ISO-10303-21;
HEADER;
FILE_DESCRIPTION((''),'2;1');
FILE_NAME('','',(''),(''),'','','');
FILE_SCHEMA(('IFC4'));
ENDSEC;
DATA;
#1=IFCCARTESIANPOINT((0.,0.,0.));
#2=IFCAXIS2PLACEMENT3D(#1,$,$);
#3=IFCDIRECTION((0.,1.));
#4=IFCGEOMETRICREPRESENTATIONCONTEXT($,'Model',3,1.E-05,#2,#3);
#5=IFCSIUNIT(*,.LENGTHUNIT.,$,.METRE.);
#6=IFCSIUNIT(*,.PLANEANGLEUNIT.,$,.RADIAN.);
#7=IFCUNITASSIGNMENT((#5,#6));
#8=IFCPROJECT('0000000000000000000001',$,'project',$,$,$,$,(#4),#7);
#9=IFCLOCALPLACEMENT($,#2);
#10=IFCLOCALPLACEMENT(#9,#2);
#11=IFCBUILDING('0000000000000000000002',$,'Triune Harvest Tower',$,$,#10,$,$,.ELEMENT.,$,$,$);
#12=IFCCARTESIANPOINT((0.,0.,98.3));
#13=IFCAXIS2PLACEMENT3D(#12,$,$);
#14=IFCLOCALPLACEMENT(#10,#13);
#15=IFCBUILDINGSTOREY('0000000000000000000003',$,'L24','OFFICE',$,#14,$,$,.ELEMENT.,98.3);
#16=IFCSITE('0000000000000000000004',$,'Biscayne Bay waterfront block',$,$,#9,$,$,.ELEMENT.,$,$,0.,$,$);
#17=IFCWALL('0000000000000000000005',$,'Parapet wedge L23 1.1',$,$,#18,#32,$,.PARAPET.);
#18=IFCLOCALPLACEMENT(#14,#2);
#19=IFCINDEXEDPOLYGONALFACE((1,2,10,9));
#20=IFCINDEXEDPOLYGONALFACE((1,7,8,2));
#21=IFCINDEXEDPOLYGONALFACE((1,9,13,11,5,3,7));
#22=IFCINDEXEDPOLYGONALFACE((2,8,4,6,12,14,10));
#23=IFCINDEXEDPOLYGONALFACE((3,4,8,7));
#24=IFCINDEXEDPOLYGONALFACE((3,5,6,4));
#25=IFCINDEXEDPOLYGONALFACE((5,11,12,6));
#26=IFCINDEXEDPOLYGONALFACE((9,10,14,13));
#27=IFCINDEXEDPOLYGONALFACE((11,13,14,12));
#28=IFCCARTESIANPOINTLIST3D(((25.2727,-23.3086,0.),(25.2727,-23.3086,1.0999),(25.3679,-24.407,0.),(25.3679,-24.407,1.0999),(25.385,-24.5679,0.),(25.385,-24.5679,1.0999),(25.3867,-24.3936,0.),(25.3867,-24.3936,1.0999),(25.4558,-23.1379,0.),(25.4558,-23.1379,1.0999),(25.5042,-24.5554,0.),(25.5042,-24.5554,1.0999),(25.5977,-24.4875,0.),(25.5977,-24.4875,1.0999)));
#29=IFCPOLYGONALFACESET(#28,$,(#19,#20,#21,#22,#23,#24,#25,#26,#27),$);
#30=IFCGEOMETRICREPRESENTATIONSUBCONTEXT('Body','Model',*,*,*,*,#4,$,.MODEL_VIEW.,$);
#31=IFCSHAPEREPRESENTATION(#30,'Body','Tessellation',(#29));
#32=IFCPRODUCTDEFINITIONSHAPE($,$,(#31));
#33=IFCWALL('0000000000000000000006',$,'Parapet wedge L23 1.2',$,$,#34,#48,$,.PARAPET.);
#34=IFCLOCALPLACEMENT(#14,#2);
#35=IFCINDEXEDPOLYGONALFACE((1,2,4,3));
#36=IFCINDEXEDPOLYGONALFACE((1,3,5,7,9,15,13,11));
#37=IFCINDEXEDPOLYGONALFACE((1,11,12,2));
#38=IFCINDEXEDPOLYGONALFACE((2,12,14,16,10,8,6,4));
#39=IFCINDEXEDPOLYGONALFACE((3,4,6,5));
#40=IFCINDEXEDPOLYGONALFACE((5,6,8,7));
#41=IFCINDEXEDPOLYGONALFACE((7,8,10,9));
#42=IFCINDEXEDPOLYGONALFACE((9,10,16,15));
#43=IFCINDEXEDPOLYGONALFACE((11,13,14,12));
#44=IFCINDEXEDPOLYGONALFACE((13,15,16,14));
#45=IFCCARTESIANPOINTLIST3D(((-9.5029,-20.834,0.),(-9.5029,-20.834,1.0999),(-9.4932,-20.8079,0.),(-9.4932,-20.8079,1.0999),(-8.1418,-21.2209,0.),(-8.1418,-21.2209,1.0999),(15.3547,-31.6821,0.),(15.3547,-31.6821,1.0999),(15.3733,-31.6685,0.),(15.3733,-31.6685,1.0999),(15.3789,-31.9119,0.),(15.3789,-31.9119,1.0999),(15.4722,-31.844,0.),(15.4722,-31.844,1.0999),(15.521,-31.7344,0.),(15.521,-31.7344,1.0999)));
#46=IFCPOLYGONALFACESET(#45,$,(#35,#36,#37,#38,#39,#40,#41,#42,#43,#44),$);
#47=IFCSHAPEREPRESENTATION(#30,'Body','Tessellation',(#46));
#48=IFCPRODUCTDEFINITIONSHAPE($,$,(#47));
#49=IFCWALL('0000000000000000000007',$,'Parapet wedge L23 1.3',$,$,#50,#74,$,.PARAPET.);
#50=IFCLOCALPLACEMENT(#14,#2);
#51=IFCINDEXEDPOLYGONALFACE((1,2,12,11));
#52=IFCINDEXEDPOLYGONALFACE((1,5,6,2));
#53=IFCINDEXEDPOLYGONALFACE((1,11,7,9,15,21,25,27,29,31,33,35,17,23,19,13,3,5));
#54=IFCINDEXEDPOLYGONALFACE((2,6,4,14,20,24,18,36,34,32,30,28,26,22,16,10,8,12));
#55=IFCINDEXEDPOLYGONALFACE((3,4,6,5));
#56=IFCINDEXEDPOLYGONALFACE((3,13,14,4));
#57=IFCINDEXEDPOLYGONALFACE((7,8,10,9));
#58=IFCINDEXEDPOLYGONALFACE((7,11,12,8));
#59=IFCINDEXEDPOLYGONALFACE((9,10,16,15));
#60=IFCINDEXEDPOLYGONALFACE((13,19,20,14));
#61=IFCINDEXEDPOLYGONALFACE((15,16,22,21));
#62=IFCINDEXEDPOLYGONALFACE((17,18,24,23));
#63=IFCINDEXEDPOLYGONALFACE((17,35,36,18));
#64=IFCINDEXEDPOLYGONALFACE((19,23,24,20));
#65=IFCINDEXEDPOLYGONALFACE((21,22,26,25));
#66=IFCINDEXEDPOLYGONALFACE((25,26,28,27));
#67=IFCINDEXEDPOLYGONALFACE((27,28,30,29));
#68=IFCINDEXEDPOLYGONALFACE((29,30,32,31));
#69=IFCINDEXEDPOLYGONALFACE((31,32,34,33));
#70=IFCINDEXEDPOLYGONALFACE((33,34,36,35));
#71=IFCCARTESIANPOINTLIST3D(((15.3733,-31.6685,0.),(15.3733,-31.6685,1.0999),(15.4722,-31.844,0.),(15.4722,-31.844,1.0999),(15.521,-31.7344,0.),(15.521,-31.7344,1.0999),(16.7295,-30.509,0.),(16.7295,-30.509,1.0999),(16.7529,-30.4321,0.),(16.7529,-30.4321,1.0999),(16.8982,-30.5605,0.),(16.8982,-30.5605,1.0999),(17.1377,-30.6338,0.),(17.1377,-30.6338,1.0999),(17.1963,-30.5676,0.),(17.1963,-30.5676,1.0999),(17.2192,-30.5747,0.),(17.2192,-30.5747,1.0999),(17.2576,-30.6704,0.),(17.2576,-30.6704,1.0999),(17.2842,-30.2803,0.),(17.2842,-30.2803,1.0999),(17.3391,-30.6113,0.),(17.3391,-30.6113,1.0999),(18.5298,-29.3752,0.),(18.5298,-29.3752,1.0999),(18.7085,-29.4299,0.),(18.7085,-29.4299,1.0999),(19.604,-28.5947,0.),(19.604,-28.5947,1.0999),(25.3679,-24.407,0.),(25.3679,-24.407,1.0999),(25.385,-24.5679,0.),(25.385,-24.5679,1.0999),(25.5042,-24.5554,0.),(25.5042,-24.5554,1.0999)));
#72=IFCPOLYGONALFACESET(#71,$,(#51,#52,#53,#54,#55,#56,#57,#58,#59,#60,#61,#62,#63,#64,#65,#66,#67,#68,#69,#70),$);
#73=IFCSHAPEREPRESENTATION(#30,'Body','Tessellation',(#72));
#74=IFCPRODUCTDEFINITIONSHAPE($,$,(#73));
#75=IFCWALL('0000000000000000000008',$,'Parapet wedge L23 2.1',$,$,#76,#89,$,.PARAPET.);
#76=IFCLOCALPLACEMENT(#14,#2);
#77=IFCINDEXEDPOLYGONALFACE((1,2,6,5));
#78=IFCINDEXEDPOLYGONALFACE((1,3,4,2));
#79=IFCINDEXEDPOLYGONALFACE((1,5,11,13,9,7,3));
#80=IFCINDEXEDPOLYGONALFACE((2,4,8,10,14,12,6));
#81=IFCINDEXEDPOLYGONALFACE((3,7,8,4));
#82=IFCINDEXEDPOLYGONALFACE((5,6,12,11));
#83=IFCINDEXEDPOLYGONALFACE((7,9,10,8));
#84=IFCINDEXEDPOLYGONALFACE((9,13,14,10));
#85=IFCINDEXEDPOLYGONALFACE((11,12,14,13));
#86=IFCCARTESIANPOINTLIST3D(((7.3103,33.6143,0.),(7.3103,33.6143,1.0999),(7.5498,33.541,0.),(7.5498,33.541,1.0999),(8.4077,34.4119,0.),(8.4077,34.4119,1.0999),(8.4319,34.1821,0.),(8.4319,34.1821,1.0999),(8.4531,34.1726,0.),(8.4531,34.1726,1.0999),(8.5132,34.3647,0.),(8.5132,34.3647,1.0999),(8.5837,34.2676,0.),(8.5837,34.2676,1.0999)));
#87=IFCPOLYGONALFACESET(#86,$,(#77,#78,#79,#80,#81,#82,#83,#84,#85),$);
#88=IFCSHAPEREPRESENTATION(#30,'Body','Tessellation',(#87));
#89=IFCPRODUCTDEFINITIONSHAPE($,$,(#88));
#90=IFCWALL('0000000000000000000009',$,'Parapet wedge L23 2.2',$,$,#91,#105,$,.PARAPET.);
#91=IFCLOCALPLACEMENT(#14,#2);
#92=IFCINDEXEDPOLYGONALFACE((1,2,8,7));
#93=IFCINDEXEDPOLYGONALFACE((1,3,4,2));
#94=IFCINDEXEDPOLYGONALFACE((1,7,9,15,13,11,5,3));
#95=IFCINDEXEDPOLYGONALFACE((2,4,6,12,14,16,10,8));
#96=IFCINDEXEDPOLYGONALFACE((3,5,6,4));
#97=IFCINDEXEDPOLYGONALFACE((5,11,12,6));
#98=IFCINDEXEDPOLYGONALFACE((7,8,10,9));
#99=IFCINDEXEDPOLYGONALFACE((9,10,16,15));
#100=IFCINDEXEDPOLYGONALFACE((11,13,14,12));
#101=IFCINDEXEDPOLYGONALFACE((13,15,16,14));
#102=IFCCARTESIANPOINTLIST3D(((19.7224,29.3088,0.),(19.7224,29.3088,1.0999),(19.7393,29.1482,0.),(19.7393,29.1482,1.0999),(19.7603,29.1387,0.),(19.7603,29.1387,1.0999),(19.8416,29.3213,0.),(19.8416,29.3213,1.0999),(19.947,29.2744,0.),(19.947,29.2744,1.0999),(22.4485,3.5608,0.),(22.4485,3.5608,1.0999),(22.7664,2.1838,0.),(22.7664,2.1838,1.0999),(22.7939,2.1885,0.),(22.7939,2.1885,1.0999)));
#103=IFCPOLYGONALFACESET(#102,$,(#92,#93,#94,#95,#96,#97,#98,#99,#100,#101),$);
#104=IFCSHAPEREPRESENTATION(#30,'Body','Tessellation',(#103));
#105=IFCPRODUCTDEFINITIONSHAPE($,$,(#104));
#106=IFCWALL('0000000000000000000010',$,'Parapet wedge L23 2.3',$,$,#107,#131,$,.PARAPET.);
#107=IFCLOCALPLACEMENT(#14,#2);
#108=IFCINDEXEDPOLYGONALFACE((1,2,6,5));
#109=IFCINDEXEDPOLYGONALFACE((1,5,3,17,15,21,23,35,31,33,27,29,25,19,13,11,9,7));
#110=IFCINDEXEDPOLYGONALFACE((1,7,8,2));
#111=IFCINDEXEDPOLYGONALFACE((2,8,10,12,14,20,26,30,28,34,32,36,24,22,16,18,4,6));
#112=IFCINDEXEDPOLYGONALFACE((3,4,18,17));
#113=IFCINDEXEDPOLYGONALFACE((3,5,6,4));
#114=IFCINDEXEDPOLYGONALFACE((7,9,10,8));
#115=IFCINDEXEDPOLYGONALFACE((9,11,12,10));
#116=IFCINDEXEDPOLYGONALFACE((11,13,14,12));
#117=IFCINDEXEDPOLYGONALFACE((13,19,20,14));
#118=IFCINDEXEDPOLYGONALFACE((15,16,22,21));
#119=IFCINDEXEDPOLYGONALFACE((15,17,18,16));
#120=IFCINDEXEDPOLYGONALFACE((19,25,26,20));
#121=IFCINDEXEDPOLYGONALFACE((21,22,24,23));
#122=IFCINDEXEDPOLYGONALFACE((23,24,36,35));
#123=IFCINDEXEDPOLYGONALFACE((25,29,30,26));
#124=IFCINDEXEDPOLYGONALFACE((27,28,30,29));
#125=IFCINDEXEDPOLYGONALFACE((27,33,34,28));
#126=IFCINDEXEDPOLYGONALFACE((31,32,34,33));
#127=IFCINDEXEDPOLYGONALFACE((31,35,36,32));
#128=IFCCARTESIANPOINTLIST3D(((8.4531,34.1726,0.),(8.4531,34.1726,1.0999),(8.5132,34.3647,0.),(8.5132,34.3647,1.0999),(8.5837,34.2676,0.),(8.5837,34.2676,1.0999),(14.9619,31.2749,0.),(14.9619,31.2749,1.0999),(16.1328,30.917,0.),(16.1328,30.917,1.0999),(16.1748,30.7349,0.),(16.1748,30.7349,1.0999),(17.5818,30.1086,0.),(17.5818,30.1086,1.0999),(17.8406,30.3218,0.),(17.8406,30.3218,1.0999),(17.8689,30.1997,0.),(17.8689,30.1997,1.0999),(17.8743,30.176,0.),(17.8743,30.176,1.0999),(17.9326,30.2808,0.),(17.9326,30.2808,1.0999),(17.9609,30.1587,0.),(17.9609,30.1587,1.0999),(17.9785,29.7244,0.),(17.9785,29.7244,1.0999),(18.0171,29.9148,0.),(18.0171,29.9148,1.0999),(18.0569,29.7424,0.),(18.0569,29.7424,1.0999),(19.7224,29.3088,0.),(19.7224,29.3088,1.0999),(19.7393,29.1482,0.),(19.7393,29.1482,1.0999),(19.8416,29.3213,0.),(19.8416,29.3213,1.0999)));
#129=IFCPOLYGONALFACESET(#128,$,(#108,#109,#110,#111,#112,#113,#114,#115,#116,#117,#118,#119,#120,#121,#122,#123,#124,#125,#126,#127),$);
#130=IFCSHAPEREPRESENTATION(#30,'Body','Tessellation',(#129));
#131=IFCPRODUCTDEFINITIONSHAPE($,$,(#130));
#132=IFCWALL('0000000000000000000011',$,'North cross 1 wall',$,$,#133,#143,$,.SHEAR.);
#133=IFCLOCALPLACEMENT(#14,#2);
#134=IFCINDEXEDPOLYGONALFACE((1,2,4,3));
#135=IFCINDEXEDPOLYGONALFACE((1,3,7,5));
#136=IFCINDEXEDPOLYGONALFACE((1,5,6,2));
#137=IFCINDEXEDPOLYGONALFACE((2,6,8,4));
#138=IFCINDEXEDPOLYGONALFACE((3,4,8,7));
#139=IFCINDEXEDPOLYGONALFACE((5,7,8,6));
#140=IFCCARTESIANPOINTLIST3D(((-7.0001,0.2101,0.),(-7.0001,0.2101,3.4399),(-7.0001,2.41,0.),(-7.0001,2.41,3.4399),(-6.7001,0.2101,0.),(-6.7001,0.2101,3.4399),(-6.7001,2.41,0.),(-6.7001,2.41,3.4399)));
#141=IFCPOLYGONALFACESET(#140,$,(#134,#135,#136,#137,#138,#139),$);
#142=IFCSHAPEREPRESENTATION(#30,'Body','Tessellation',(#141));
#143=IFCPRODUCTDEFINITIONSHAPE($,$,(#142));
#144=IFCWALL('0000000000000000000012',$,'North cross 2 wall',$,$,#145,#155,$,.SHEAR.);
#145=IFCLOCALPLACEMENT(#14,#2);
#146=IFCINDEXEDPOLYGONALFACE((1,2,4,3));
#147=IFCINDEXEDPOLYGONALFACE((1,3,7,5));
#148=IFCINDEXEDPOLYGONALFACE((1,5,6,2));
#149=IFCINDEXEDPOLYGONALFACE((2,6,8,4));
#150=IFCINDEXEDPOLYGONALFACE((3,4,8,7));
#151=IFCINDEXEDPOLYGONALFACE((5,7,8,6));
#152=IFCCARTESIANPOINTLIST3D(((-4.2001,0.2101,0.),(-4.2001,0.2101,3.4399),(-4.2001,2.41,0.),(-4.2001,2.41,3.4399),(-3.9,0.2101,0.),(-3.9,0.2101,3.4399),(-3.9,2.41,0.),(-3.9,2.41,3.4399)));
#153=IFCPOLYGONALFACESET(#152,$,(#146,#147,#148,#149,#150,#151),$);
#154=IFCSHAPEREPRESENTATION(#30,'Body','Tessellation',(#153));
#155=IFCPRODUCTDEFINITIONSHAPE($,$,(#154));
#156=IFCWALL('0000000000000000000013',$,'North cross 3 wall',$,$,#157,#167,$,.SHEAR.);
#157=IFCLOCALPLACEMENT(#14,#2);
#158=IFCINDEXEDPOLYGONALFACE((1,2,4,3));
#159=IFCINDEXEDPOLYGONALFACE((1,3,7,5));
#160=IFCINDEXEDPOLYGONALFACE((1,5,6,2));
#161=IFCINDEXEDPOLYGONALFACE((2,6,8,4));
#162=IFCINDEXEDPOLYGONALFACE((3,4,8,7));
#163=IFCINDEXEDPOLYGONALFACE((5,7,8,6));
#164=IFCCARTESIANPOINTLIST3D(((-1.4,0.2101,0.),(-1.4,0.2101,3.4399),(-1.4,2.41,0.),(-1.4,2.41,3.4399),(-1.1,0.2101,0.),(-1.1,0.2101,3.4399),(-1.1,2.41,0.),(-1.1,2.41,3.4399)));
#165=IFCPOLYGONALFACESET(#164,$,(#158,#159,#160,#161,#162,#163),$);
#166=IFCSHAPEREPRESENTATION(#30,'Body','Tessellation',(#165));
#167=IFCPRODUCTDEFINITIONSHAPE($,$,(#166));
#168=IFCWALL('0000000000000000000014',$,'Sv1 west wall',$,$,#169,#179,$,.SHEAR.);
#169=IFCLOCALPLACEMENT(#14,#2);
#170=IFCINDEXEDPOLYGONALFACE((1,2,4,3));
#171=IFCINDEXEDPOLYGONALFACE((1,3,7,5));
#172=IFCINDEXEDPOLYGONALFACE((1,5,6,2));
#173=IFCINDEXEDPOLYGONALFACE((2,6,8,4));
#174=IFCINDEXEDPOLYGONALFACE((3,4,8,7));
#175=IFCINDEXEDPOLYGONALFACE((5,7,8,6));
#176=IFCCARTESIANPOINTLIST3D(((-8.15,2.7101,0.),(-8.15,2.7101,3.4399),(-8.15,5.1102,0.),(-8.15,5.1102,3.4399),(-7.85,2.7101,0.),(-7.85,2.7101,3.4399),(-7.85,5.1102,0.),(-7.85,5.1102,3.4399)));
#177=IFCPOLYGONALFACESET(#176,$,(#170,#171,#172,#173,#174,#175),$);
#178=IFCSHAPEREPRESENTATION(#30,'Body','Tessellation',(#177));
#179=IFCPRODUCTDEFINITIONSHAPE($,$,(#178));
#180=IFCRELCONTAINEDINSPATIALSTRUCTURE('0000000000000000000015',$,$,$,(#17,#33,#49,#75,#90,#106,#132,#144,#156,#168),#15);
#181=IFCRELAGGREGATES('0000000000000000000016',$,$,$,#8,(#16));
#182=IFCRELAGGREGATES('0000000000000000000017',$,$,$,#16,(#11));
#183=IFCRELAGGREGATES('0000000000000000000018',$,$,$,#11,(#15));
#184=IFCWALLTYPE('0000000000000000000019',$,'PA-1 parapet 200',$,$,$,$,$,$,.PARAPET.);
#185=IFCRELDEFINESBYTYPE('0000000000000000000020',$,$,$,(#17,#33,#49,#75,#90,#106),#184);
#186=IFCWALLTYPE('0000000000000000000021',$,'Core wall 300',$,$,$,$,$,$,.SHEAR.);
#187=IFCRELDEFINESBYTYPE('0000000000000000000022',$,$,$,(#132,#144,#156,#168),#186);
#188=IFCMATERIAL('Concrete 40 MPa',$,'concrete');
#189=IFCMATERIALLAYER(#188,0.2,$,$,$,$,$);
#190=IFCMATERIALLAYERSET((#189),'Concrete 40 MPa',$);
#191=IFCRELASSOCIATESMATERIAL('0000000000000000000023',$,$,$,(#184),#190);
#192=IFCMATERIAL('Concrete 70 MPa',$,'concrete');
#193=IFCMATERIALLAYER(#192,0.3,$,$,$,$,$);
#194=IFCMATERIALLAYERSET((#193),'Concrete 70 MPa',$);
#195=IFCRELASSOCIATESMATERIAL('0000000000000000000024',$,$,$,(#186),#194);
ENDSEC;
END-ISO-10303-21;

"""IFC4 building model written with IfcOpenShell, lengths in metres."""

from ifc_helpers import new_model, si_unit, direction, frame, frame_2d, origin, place, context, subcontext, project, spatial, polyline, rectangle, outline, extrude, source, transform, mapped, material, layer, layer_set, type_object, element, save


model = new_model("IFC4")

# Units and contexts
model_context = context("Model", 3, precision=1e-05, world=origin(), true_north=direction((0.0, 1.0)))
body_context = subcontext(model_context, "Body", "Model", "MODEL_VIEW")
ifc_project = project(units=[si_unit("LENGTHUNIT", "METRE"), si_unit("PLANEANGLEUNIT", "RADIAN")], contexts=[model_context])

# Site, building, storey
site_placement = place(None, origin())
site = spatial("IfcSite", under=ifc_project, at=site_placement, Name="Biscayne Bay waterfront block", CompositionType="ELEMENT", RefElevation=0.0)
building_placement = place(site_placement, origin())
building = spatial("IfcBuilding", under=site, at=building_placement, Name="Triune Harvest Tower", CompositionType="ELEMENT")
storey_placement = place(building_placement, frame((0.0, 0.0, 98.3)))
storey = spatial("IfcBuildingStorey", under=building, at=storey_placement, Name="L24", Description="OFFICE", CompositionType="ELEMENT", Elevation=98.3)

# Walls
ifc_material_1 = material(Name="Concrete 40 MPa", Category="concrete")
ifc_layer_1 = layer(ifc_material_1, 0.2)
ifc_layer_set_1 = layer_set([ifc_layer_1], Name="Concrete 40 MPa")
wall_type_1 = type_object("IfcWallType", Name="PA-1 parapet 200", PredefinedType="PARAPET", material=ifc_layer_set_1)
wall_1_placement = place(storey_placement, origin())
element("IfcWall", 1, at=wall_1_placement, inside=storey, type_object=wall_type_1, Name="Parapet wedge L23 1.1", PredefinedType="PARAPET", context=body_context, shape_type="SweptSolid", body=[
    extrude(outline(polyline([(25.3679, -24.407), (25.3867, -24.3936), (25.2727, -23.3086), (25.4558, -23.1379), (25.5977, -24.4875), (25.5042, -24.5554), (25.385, -24.5679), (25.3679, -24.407)])), origin(), (0.0, 0.0, 1.0), 1.0999),
])
wall_2_placement = place(storey_placement, origin())
element("IfcWall", 2, at=wall_2_placement, inside=storey, type_object=wall_type_1, Name="Parapet wedge L23 1.2", PredefinedType="PARAPET", context=body_context, shape_type="SweptSolid", body=[
    extrude(outline(polyline([(-9.5029, -20.834), (-9.4932, -20.8079), (-8.1418, -21.2209), (15.3547, -31.6821), (15.3733, -31.6685), (15.521, -31.7344), (15.4722, -31.844), (15.3789, -31.9119), (-9.5029, -20.834)])), origin(), (0.0, 0.0, 1.0), 1.0999),
])
wall_3_placement = place(storey_placement, origin())
element("IfcWall", 3, at=wall_3_placement, inside=storey, type_object=wall_type_1, Name="Parapet wedge L23 1.3", PredefinedType="PARAPET", context=body_context, shape_type="SweptSolid", body=[
    extrude(outline(polyline([(16.7529, -30.4321), (17.1963, -30.5676), (17.2842, -30.2803), (18.5298, -29.3752), (18.7085, -29.4299), (19.604, -28.5947), (25.3679, -24.407), (25.385, -24.5679), (25.5042, -24.5554), (17.2192, -30.5747), (17.3391, -30.6113), (17.2576, -30.6704), (17.1377, -30.6338), (15.4722, -31.844), (15.521, -31.7344), (15.3733, -31.6685), (16.8982, -30.5605), (16.7295, -30.509), (16.7529, -30.4321)])), origin(), (0.0, 0.0, 1.0), 1.0999),
])
wall_4_placement = place(storey_placement, origin())
element("IfcWall", 4, at=wall_4_placement, inside=storey, type_object=wall_type_1, Name="Parapet wedge L23 2.1", PredefinedType="PARAPET", context=body_context, shape_type="SweptSolid", body=[
    extrude(outline(polyline([(8.4531, 34.1726), (8.4319, 34.1821), (7.5498, 33.541), (7.3103, 33.6143), (8.4077, 34.4119), (8.5132, 34.3647), (8.5837, 34.2676), (8.4531, 34.1726)])), origin(), (0.0, 0.0, 1.0), 1.0999),
])
wall_5_placement = place(storey_placement, origin())
element("IfcWall", 5, at=wall_5_placement, inside=storey, type_object=wall_type_1, Name="Parapet wedge L23 2.2", PredefinedType="PARAPET", context=body_context, shape_type="SweptSolid", body=[
    extrude(outline(polyline([(22.7939, 2.1885), (22.7664, 2.1838), (22.4485, 3.5608), (19.7603, 29.1387), (19.7393, 29.1482), (19.7224, 29.3088), (19.8416, 29.3213), (19.947, 29.2744), (22.7939, 2.1885)])), origin(), (0.0, 0.0, 1.0), 1.0999),
])
wall_6_placement = place(storey_placement, origin())
element("IfcWall", 6, at=wall_6_placement, inside=storey, type_object=wall_type_1, Name="Parapet wedge L23 2.3", PredefinedType="PARAPET", context=body_context, shape_type="SweptSolid", body=[
    extrude(outline(polyline([(17.8689, 30.1997), (17.8406, 30.3218), (17.9326, 30.2808), (17.9609, 30.1587), (19.8416, 29.3213), (19.7224, 29.3088), (19.7393, 29.1482), (18.0171, 29.9148), (18.0569, 29.7424), (17.9785, 29.7244), (17.8743, 30.176), (17.5818, 30.1086), (16.1748, 30.7349), (16.1328, 30.917), (14.9619, 31.2749), (8.4531, 34.1726), (8.5837, 34.2676), (8.5132, 34.3647), (17.8689, 30.1997)])), origin(), (0.0, 0.0, 1.0), 1.0999),
])
ifc_material_2 = material(Name="Concrete 70 MPa", Category="concrete")
ifc_layer_2 = layer(ifc_material_2, 0.3)
ifc_layer_set_2 = layer_set([ifc_layer_2], Name="Concrete 70 MPa")
wall_type_2 = type_object("IfcWallType", Name="Core wall 300", PredefinedType="SHEAR", material=ifc_layer_set_2)
shared_shape_1 = source(origin(), body_context, "Body", "SweptSolid", [
    extrude(rectangle(XDim=2.2, YDim=0.3, at=frame_2d((1.1001, 0.0))), origin(), (0.0, 0.0, 1.0), 3.4399),
])
for number, where, z_axis, x_axis, name in (
    (7, (-6.8501, 0.21, 0.0), (0.0, 0.0, 1.0), (0.0, 1.0, 0.0), "North cross 1 wall"),
    (8, (-4.05, 0.21, 0.0), (0.0, 0.0, 1.0), (0.0, 1.0, 0.0), "North cross 2 wall"),
    (9, (-1.25, 0.21, 0.0), (0.0, 0.0, 1.0), (0.0, 1.0, 0.0), "North cross 3 wall"),
):
    element("IfcWall", number, at=place(storey_placement, frame(where, z_axis=z_axis, x_axis=x_axis)), inside=storey, type_object=wall_type_2, Name=name, PredefinedType="SHEAR", context=body_context, shape_type="MappedRepresentation", body=[
        mapped(shared_shape_1, transform((0.0, 0.0, 0.0), scale=1.0)),
    ])
shared_shape_2 = source(origin(), body_context, "Body", "SweptSolid", [
    extrude(rectangle(XDim=2.4001, YDim=0.3, at=frame_2d((1.2002, 0.0))), origin(), (0.0, 0.0, 1.0), 3.4399),
])
wall_7_placement = place(storey_placement, frame((-8.0, 2.71, 0.0), z_axis=(0.0, 0.0, 1.0), x_axis=(0.0, 1.0, 0.0)))
element("IfcWall", 10, at=wall_7_placement, inside=storey, type_object=wall_type_2, Name="Sv1 west wall", PredefinedType="SHEAR", context=body_context, shape_type="MappedRepresentation", body=[
    mapped(shared_shape_2, transform((0.0, 0.0, 0.0), scale=1.0)),
])

save(model, "model.ifc")
